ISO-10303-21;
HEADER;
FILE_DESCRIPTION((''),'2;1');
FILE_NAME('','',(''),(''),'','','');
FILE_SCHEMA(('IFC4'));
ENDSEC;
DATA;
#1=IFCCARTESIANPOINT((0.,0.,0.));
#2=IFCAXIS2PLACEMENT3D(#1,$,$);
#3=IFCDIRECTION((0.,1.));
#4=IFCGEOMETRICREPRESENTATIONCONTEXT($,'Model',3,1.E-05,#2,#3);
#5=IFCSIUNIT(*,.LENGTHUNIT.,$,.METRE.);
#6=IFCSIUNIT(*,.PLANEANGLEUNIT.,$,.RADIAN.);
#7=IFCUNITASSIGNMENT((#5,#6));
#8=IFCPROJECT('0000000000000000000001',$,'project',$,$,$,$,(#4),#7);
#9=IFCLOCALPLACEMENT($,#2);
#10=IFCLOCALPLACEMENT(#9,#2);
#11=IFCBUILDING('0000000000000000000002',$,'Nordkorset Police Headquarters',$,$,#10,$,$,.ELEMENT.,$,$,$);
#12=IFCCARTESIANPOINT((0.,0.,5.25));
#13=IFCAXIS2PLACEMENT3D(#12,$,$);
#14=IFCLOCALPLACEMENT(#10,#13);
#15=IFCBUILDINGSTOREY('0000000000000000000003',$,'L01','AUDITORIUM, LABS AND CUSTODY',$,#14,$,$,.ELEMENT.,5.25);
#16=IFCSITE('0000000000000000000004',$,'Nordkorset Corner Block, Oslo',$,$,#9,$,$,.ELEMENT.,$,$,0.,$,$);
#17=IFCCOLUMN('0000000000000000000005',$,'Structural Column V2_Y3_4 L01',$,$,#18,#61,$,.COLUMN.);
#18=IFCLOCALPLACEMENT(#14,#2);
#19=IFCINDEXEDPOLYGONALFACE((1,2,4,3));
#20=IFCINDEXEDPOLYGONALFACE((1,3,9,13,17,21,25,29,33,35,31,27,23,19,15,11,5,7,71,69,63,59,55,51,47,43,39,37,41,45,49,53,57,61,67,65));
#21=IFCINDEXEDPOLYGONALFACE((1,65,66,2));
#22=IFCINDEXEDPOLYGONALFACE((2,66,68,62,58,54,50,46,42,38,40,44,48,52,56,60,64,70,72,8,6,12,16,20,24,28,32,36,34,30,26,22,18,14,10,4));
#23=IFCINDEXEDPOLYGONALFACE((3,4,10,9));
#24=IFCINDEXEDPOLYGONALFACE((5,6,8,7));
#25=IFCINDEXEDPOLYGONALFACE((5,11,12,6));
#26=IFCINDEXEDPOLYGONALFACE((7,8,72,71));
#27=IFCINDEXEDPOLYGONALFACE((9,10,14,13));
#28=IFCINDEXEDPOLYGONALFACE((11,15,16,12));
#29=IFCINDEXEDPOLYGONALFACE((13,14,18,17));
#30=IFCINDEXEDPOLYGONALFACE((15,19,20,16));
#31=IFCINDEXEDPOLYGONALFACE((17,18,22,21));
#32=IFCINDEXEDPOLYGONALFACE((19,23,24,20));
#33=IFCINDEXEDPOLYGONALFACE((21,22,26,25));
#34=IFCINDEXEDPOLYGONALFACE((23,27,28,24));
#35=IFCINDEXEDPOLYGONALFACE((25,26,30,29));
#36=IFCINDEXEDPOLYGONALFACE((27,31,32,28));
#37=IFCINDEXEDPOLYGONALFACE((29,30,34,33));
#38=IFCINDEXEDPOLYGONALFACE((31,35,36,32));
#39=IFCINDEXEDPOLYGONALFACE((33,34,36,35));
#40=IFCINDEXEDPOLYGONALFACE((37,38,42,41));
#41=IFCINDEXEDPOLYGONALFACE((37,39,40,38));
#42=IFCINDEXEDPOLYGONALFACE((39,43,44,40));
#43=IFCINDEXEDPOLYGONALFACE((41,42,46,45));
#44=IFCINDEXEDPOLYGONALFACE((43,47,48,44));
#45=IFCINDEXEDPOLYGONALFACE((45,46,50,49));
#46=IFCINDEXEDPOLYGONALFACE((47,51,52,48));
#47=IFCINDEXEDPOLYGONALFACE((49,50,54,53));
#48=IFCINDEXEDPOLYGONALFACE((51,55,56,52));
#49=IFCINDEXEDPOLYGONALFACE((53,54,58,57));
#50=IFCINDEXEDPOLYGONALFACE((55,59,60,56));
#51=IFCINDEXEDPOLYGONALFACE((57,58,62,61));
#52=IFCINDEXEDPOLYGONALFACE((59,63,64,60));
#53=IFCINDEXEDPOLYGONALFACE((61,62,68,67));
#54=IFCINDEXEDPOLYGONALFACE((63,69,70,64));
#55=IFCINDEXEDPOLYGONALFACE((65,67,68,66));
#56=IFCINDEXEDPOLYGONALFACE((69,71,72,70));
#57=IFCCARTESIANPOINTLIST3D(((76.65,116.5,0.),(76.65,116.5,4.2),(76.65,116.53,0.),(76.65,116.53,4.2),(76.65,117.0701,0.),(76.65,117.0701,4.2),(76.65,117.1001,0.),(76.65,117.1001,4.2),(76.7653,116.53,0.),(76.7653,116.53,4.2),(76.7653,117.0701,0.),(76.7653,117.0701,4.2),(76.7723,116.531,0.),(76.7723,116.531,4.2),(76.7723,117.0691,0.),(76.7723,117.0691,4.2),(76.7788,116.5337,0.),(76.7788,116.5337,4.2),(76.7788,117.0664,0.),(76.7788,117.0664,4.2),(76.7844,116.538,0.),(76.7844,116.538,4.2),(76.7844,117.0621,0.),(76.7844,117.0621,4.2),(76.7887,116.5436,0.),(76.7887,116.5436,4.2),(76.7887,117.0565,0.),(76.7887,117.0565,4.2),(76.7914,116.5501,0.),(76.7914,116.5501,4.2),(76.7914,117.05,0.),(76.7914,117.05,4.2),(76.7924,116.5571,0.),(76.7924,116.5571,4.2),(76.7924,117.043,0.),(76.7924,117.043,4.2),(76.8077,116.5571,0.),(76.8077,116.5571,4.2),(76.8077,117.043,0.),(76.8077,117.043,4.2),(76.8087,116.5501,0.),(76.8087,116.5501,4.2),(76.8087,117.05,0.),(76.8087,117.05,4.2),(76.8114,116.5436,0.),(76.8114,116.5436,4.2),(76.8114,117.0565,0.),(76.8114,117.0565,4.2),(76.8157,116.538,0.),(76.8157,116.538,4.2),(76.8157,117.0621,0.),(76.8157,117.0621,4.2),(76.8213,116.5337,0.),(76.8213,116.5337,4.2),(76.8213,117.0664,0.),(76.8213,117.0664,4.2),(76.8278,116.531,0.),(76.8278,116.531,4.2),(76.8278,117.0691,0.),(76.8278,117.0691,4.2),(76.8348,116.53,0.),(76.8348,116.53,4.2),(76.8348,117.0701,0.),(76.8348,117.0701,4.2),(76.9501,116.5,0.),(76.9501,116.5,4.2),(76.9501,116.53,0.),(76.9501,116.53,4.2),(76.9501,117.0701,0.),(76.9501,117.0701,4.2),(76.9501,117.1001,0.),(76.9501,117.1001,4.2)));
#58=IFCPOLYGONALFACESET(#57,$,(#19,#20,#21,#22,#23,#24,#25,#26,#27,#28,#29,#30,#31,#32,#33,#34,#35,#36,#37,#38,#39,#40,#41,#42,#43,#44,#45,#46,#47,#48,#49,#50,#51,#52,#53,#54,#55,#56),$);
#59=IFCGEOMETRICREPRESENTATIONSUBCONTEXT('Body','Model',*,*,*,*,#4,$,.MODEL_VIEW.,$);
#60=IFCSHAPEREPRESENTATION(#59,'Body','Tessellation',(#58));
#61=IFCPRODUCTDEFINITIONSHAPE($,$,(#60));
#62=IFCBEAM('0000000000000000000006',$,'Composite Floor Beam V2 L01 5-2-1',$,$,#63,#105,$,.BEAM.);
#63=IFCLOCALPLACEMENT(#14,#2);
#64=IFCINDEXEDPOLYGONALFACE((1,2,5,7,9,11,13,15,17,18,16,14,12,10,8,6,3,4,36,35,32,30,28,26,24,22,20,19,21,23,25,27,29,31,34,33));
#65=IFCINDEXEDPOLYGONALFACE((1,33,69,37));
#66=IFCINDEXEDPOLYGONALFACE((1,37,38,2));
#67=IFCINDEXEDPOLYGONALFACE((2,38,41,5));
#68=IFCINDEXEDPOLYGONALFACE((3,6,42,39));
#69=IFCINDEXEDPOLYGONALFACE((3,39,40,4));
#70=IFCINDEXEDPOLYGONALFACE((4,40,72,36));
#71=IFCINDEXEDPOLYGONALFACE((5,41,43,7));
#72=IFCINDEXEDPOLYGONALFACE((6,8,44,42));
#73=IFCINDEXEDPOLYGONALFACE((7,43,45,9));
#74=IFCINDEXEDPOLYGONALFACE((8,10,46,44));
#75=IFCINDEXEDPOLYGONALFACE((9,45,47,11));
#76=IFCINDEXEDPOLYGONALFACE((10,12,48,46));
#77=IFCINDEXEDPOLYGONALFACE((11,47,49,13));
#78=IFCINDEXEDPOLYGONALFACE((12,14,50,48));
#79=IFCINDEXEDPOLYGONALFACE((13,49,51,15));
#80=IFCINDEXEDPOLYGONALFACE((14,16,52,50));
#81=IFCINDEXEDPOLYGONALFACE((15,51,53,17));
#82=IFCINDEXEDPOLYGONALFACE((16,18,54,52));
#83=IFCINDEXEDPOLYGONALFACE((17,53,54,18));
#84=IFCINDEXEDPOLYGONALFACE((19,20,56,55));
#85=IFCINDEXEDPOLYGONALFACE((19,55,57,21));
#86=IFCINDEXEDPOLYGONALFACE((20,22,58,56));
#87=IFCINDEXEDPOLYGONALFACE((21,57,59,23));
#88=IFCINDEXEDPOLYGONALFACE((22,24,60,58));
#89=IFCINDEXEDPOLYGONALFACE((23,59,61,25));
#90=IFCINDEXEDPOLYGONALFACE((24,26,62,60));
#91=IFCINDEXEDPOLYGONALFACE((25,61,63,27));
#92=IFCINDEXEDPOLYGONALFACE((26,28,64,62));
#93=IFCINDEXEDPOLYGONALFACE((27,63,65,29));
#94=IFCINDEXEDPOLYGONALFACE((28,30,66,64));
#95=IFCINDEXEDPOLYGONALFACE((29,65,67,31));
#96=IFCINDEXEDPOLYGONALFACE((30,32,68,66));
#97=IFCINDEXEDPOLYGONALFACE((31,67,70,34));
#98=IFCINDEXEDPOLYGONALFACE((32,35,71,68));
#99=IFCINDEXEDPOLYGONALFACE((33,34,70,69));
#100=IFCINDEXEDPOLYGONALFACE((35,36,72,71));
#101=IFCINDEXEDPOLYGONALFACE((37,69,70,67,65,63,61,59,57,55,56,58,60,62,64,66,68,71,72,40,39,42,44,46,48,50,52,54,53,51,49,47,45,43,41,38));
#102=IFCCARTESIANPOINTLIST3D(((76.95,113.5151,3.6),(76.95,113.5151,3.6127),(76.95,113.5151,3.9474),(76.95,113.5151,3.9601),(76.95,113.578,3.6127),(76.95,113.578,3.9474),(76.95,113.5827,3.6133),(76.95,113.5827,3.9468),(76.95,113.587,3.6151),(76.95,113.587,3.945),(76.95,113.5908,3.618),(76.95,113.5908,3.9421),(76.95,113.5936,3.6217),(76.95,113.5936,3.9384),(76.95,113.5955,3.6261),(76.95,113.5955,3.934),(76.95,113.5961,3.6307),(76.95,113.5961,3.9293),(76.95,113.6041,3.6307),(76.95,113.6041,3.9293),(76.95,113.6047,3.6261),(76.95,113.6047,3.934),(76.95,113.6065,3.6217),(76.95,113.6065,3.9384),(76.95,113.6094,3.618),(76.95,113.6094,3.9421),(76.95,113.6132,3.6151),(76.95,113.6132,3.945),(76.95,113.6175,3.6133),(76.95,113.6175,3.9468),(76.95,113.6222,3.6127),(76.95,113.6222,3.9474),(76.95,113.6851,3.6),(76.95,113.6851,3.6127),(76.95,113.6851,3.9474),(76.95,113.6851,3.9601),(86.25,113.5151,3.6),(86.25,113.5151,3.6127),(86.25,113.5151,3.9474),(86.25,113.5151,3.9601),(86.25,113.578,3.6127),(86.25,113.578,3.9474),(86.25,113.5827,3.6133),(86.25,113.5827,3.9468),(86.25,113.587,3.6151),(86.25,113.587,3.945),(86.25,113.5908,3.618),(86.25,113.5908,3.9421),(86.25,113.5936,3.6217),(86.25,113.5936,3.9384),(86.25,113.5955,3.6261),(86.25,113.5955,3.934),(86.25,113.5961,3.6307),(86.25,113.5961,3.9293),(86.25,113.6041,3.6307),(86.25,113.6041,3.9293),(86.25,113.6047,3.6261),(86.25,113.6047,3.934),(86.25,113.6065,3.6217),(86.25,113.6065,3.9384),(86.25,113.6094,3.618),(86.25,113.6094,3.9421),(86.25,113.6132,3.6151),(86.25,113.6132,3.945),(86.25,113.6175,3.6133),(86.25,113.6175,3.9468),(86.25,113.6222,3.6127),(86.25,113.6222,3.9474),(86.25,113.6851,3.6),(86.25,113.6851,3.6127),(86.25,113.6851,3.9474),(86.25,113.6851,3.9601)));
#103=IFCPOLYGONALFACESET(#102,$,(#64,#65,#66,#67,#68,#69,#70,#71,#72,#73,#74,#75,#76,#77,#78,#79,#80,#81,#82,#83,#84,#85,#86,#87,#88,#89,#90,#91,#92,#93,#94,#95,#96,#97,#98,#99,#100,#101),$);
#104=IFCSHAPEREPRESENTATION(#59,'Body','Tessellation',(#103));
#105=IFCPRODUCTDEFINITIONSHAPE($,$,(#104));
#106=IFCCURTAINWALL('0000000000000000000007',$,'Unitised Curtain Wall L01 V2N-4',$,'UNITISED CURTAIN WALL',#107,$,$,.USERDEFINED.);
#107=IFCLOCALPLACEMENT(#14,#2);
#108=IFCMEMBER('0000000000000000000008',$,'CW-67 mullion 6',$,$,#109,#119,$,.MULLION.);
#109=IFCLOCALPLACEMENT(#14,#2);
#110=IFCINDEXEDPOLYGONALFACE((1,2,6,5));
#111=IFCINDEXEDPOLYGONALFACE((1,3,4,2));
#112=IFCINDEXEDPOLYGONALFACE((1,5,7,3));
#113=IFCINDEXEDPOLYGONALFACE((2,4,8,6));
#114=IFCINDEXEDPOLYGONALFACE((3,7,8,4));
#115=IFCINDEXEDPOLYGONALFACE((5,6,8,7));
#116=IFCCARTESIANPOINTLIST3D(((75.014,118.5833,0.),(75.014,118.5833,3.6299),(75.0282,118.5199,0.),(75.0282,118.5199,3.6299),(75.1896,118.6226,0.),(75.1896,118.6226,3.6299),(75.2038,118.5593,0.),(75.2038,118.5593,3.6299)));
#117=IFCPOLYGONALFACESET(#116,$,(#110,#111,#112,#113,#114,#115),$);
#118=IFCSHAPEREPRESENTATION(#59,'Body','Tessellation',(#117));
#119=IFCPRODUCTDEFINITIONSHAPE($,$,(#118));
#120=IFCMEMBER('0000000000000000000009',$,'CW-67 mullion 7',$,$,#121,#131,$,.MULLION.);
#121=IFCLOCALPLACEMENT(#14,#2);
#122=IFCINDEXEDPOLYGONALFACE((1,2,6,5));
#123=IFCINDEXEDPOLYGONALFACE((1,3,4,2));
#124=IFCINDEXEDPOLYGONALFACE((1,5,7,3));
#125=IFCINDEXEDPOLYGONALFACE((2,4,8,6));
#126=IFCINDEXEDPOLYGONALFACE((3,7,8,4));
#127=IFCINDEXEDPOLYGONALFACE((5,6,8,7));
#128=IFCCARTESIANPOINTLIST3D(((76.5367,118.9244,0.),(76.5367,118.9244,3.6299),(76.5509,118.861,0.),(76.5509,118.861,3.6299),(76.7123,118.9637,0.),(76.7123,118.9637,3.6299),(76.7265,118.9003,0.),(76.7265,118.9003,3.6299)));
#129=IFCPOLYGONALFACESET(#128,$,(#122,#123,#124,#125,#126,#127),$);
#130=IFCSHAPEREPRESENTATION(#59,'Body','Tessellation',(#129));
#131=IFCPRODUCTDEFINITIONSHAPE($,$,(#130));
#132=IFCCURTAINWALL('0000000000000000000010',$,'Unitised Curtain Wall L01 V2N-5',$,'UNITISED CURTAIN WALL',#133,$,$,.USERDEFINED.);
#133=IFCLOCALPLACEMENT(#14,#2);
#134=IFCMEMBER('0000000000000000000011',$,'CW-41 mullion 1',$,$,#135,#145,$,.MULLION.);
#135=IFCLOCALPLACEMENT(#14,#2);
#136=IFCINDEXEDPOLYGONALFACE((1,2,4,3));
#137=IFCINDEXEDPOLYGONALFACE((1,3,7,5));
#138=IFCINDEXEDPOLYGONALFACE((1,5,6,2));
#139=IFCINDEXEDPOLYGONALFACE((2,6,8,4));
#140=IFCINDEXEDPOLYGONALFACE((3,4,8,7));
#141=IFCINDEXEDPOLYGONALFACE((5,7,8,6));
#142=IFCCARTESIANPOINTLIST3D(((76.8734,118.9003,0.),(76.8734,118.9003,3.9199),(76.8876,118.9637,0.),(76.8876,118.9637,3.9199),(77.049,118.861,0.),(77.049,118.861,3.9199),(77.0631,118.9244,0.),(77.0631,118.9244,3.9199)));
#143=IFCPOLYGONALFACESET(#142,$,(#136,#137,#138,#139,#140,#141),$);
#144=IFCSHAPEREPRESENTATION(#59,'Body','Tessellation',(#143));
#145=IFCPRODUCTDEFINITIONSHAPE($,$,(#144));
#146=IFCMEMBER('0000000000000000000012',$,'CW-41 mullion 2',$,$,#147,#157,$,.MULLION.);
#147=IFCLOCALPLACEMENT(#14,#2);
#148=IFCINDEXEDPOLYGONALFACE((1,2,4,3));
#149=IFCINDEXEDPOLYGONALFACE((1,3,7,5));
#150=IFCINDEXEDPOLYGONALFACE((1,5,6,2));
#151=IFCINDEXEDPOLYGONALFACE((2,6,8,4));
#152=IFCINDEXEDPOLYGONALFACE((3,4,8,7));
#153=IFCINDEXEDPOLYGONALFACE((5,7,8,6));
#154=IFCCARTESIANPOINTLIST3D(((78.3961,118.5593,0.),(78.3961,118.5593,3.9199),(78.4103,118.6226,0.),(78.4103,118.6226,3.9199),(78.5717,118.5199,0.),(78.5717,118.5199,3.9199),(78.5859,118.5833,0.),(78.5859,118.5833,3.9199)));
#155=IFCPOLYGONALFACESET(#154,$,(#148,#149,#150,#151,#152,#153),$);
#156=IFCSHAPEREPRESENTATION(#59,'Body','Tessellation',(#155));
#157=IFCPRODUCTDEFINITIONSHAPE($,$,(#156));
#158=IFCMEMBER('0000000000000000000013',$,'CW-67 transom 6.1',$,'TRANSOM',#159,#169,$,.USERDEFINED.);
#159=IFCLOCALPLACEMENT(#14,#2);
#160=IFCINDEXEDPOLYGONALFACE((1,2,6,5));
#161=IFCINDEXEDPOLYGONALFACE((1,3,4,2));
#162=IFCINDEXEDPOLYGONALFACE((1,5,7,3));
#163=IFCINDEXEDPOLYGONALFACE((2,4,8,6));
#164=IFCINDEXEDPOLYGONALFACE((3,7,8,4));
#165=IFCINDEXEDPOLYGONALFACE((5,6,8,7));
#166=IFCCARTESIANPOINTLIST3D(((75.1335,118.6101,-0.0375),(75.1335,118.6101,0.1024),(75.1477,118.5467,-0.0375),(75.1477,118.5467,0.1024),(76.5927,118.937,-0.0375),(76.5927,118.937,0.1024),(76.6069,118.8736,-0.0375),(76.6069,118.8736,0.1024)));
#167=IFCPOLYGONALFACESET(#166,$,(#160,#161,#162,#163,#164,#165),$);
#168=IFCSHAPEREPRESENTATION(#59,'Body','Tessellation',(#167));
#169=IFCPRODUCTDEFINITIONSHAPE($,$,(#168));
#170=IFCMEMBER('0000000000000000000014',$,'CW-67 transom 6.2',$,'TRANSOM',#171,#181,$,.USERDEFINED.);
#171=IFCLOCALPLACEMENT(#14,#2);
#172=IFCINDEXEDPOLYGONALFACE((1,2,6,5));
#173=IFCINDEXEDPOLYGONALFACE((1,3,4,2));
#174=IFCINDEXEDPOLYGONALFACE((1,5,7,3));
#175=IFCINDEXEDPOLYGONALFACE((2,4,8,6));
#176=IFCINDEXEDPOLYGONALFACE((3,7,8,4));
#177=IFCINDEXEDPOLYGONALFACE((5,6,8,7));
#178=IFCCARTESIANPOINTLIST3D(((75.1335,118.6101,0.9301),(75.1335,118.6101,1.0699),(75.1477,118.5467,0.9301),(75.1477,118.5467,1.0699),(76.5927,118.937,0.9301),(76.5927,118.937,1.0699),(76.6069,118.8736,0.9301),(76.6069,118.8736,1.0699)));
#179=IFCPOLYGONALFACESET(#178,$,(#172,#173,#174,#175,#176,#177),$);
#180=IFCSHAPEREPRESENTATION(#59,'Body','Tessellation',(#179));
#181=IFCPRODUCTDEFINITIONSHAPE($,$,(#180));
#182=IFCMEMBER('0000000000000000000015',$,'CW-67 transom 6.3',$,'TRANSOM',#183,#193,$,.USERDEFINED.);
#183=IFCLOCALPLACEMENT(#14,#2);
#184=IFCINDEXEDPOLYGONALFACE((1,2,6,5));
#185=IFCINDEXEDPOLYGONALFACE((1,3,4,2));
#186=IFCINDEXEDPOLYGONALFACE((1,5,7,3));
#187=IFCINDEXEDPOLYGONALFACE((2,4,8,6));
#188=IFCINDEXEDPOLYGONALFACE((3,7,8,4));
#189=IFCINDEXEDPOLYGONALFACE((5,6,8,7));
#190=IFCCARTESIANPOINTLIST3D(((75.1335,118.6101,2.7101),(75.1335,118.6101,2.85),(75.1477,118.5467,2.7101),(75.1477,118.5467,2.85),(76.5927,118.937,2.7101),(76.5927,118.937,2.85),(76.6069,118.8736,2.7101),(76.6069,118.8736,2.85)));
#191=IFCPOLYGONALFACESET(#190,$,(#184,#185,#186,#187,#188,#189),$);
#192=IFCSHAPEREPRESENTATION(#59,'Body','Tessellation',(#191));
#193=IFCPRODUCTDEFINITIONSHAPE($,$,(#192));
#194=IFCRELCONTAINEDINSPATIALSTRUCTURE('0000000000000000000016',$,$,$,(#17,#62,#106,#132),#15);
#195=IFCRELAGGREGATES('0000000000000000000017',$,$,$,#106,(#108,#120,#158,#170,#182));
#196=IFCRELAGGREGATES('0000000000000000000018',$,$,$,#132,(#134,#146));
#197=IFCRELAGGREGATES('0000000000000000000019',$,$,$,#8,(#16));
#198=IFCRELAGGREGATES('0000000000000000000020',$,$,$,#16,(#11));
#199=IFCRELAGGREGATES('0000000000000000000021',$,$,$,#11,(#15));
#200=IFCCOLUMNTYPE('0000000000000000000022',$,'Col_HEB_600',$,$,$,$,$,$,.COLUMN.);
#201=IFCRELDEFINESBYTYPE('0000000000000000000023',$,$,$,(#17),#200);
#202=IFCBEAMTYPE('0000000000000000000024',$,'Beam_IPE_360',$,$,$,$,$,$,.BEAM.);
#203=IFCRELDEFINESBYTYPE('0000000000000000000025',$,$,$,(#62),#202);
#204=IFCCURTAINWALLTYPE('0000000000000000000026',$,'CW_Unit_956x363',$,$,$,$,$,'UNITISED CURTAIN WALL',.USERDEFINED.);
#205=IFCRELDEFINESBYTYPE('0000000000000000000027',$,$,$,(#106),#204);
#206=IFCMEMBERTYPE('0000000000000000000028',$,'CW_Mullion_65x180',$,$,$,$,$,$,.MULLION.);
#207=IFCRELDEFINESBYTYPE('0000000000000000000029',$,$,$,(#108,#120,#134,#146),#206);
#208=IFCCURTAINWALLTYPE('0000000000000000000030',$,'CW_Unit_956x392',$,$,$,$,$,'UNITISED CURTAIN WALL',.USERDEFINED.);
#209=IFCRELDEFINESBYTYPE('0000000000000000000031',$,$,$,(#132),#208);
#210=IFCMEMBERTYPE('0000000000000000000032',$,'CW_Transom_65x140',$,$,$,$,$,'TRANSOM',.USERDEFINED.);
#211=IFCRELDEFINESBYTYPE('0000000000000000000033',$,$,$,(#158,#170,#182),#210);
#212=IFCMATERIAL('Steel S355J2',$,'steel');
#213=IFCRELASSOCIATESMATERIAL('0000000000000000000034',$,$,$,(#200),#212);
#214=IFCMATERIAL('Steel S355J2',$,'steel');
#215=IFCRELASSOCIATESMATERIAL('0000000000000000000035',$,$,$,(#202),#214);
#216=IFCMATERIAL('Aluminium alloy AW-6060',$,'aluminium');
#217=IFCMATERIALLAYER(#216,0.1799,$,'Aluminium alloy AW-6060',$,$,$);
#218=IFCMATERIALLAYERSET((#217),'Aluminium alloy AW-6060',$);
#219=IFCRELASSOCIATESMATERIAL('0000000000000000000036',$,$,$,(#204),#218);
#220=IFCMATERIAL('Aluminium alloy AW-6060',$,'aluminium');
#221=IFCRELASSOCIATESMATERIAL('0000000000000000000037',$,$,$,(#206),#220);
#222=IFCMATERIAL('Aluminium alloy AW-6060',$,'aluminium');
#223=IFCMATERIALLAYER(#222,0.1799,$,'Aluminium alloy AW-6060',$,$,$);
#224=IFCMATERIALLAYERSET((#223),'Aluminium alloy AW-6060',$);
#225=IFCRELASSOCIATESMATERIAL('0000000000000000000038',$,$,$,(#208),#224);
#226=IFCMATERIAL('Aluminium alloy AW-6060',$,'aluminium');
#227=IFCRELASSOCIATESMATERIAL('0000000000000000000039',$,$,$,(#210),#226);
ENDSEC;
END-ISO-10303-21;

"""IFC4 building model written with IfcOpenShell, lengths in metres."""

from ifc_helpers import new_model, si_unit, direction, frame, origin, origin_2d, place, context, subcontext, project, spatial, rectangle, i_section, extrude, material, layer, layer_set, material_profile, profile_set, type_object, element, aggregate, save


model = new_model("IFC4")

# Units and contexts
model_context = context("Model", 3, precision=1e-05, world=origin(), true_north=direction((0.0, 1.0)))
body_context = subcontext(model_context, "Body", "Model", "MODEL_VIEW")
ifc_project = project(units=[si_unit("LENGTHUNIT", "METRE"), si_unit("PLANEANGLEUNIT", "RADIAN")], contexts=[model_context])

# Site, building, storey
site_placement = place(None, origin())
site = spatial("IfcSite", under=ifc_project, at=site_placement, Name="Nordkorset Corner Block, Oslo", CompositionType="ELEMENT", RefElevation=0.0)
building_placement = place(site_placement, origin())
building = spatial("IfcBuilding", under=site, at=building_placement, Name="Nordkorset Police Headquarters", CompositionType="ELEMENT")
storey_placement = place(building_placement, frame((0.0, 0.0, 5.25)))
storey = spatial("IfcBuildingStorey", under=building, at=storey_placement, Name="L01", Description="AUDITORIUM, LABS AND CUSTODY", CompositionType="ELEMENT", Elevation=5.25)

# Column
ifc_material_1 = material(Name="Steel S355J2", Category="steel")
ifc_material_profile_1 = material_profile(ifc_material_1, i_section(OverallWidth=0.3, OverallDepth=0.6001, WebThickness=0.0154, FlangeThickness=0.03, FilletRadius=0.0271, at=origin_2d()), Name="HEB 600")
ifc_profile_set_1 = profile_set([ifc_material_profile_1], Name="Steel S355J2")
column_type = type_object("IfcColumnType", Name="Col_HEB_600", PredefinedType="COLUMN", material=ifc_profile_set_1)
column_placement = place(storey_placement, frame((76.8, 116.8, 0.0), z_axis=(0.0, 0.0, 1.0), x_axis=(1.0, 0.0, 0.0)))
element("IfcColumn", 1, at=column_placement, inside=storey, type_object=column_type, Name="Structural Column V2_Y3_4 L01", PredefinedType="COLUMN", context=body_context, shape_type="SweptSolid", body=[
    extrude(i_section(OverallWidth=0.3, OverallDepth=0.6001, WebThickness=0.0154, FlangeThickness=0.03, FilletRadius=0.0271, at=origin_2d()), origin(), (0.0, 0.0, 1.0), 4.2),
])

# Beam
ifc_material_2 = material(Name="Steel S355J2", Category="steel")
ifc_material_profile_2 = material_profile(ifc_material_2, i_section(OverallWidth=0.1699, OverallDepth=0.3601, WebThickness=0.0081, FlangeThickness=0.0127, FilletRadius=0.0181, at=origin_2d()), Name="IPE 360")
ifc_profile_set_2 = profile_set([ifc_material_profile_2], Name="Steel S355J2")
beam_type_1 = type_object("IfcBeamType", Name="Beam_IPE_360", PredefinedType="BEAM", material=ifc_profile_set_2)
beam_1_placement = place(storey_placement, frame((76.95, 113.6001, 3.78), z_axis=(1.0, 0.0, 0.0), x_axis=(0.0, 1.0, 0.0)))
element("IfcBeam", 2, at=beam_1_placement, inside=storey, type_object=beam_type_1, Name="Composite Floor Beam V2 L01 5-2-1", PredefinedType="BEAM", context=body_context, shape_type="SweptSolid", body=[
    extrude(i_section(OverallWidth=0.1699, OverallDepth=0.3601, WebThickness=0.0081, FlangeThickness=0.0127, FilletRadius=0.0181, at=origin_2d()), origin(), (0.0, 0.0, 1.0), 9.3),
])

# Curtain walls, members
ifc_material_3 = material(Name="Aluminium alloy AW-6060", Category="aluminium")
ifc_layer_1 = layer(ifc_material_3, 0.1799, Name="Aluminium alloy AW-6060")
ifc_layer_set_1 = layer_set([ifc_layer_1], Name="Aluminium alloy AW-6060")
curtain_wall_type_1 = type_object("IfcCurtainWallType", Name="CW_Unit_956x363", ElementType="UNITISED CURTAIN WALL", PredefinedType="USERDEFINED", material=ifc_layer_set_1)
curtain_wall_1_placement = place(storey_placement, origin())
curtain_wall_1 = element("IfcCurtainWall", 3, at=curtain_wall_1_placement, inside=storey, type_object=curtain_wall_type_1, Name="Unitised Curtain Wall L01 V2N-4", ObjectType="UNITISED CURTAIN WALL", PredefinedType="USERDEFINED")
ifc_material_4 = material(Name="Aluminium alloy AW-6060", Category="aluminium")
ifc_material_profile_3 = material_profile(ifc_material_4, rectangle(XDim=0.0649, YDim=0.1799, at=origin_2d()), Name="ALU MULL 65x180")
ifc_profile_set_3 = profile_set([ifc_material_profile_3], Name="Aluminium alloy AW-6060")
member_type_1 = type_object("IfcMemberType", Name="CW_Mullion_65x180", PredefinedType="MULLION", material=ifc_profile_set_3)
member_1_placement = place(storey_placement, frame((75.1089, 118.5713, 0.0), z_axis=(0.0, 0.0, 1.0), x_axis=(-0.218544, 0.975827, 0.0)))
member_1 = element("IfcMember", 4, at=member_1_placement, type_object=member_type_1, Name="CW-67 mullion 6", PredefinedType="MULLION", context=body_context, shape_type="SweptSolid", body=[
    extrude(rectangle(XDim=0.0649, YDim=0.1799, at=origin_2d()), origin(), (0.0, 0.0, 1.0), 3.6299),
])
member_2_placement = place(storey_placement, frame((76.6316, 118.9124, 0.0), z_axis=(0.0, 0.0, 1.0), x_axis=(-0.218544, 0.975827, 0.0)))
member_2 = element("IfcMember", 5, at=member_2_placement, type_object=member_type_1, Name="CW-67 mullion 7", PredefinedType="MULLION", context=body_context, shape_type="SweptSolid", body=[
    extrude(rectangle(XDim=0.0649, YDim=0.1799, at=origin_2d()), origin(), (0.0, 0.0, 1.0), 3.6299),
])
ifc_material_5 = material(Name="Aluminium alloy AW-6060", Category="aluminium")
ifc_layer_2 = layer(ifc_material_5, 0.1799, Name="Aluminium alloy AW-6060")
ifc_layer_set_2 = layer_set([ifc_layer_2], Name="Aluminium alloy AW-6060")
curtain_wall_type_2 = type_object("IfcCurtainWallType", Name="CW_Unit_956x392", ElementType="UNITISED CURTAIN WALL", PredefinedType="USERDEFINED", material=ifc_layer_set_2)
curtain_wall_2_placement = place(storey_placement, origin())
curtain_wall_2 = element("IfcCurtainWall", 6, at=curtain_wall_2_placement, inside=storey, type_object=curtain_wall_type_2, Name="Unitised Curtain Wall L01 V2N-5", ObjectType="UNITISED CURTAIN WALL", PredefinedType="USERDEFINED")
member_3_placement = place(storey_placement, frame((76.9683, 118.9124, 0.0), z_axis=(0.0, 0.0, 1.0), x_axis=(0.218544, 0.975827, 0.0)))
member_3 = element("IfcMember", 7, at=member_3_placement, type_object=member_type_1, Name="CW-41 mullion 1", PredefinedType="MULLION", context=body_context, shape_type="SweptSolid", body=[
    extrude(rectangle(XDim=0.0649, YDim=0.1799, at=origin_2d()), origin(), (0.0, 0.0, 1.0), 3.9199),
])
member_4_placement = place(storey_placement, frame((78.491, 118.5713, 0.0), z_axis=(0.0, 0.0, 1.0), x_axis=(0.218544, 0.975827, 0.0)))
member_4 = element("IfcMember", 8, at=member_4_placement, type_object=member_type_1, Name="CW-41 mullion 2", PredefinedType="MULLION", context=body_context, shape_type="SweptSolid", body=[
    extrude(rectangle(XDim=0.0649, YDim=0.1799, at=origin_2d()), origin(), (0.0, 0.0, 1.0), 3.9199),
])

# Members
ifc_material_6 = material(Name="Aluminium alloy AW-6060", Category="aluminium")
ifc_material_profile_4 = material_profile(ifc_material_6, rectangle(XDim=0.0649, YDim=0.1399, at=origin_2d()), Name="ALU TRAN 65x140")
ifc_profile_set_4 = profile_set([ifc_material_profile_4], Name="Aluminium alloy AW-6060")
member_type_2 = type_object("IfcMemberType", Name="CW_Transom_65x140", ElementType="TRANSOM", PredefinedType="USERDEFINED", material=ifc_profile_set_4)
member_5_placement = place(storey_placement, frame((75.1406, 118.5784, 0.0325), z_axis=(0.975813, 0.218607, 0.0), x_axis=(-0.218607, 0.975813, 0.0)))
member_5 = element("IfcMember", 9, at=member_5_placement, type_object=member_type_2, Name="CW-67 transom 6.1", ObjectType="TRANSOM", PredefinedType="USERDEFINED", context=body_context, shape_type="SweptSolid", body=[
    extrude(rectangle(XDim=0.0649, YDim=0.1399, at=origin_2d()), origin(), (0.0, 0.0, 1.0), 1.4954),
])
member_6_placement = place(storey_placement, frame((75.1406, 118.5784, 1.0), z_axis=(0.975813, 0.218607, 0.0), x_axis=(-0.218607, 0.975813, 0.0)))
member_6 = element("IfcMember", 10, at=member_6_placement, type_object=member_type_2, Name="CW-67 transom 6.2", ObjectType="TRANSOM", PredefinedType="USERDEFINED", context=body_context, shape_type="SweptSolid", body=[
    extrude(rectangle(XDim=0.0649, YDim=0.1399, at=origin_2d()), origin(), (0.0, 0.0, 1.0), 1.4954),
])
member_7_placement = place(storey_placement, frame((75.1406, 118.5784, 2.78), z_axis=(0.975813, 0.218607, 0.0), x_axis=(-0.218607, 0.975813, 0.0)))
member_7 = element("IfcMember", 11, at=member_7_placement, type_object=member_type_2, Name="CW-67 transom 6.3", ObjectType="TRANSOM", PredefinedType="USERDEFINED", context=body_context, shape_type="SweptSolid", body=[
    extrude(rectangle(XDim=0.0649, YDim=0.1399, at=origin_2d()), origin(), (0.0, 0.0, 1.0), 1.4954),
])

aggregate(curtain_wall_1, [member_1, member_2, member_5, member_6, member_7])
aggregate(curtain_wall_2, [member_3, member_4])

save(model, "model.ifc")
